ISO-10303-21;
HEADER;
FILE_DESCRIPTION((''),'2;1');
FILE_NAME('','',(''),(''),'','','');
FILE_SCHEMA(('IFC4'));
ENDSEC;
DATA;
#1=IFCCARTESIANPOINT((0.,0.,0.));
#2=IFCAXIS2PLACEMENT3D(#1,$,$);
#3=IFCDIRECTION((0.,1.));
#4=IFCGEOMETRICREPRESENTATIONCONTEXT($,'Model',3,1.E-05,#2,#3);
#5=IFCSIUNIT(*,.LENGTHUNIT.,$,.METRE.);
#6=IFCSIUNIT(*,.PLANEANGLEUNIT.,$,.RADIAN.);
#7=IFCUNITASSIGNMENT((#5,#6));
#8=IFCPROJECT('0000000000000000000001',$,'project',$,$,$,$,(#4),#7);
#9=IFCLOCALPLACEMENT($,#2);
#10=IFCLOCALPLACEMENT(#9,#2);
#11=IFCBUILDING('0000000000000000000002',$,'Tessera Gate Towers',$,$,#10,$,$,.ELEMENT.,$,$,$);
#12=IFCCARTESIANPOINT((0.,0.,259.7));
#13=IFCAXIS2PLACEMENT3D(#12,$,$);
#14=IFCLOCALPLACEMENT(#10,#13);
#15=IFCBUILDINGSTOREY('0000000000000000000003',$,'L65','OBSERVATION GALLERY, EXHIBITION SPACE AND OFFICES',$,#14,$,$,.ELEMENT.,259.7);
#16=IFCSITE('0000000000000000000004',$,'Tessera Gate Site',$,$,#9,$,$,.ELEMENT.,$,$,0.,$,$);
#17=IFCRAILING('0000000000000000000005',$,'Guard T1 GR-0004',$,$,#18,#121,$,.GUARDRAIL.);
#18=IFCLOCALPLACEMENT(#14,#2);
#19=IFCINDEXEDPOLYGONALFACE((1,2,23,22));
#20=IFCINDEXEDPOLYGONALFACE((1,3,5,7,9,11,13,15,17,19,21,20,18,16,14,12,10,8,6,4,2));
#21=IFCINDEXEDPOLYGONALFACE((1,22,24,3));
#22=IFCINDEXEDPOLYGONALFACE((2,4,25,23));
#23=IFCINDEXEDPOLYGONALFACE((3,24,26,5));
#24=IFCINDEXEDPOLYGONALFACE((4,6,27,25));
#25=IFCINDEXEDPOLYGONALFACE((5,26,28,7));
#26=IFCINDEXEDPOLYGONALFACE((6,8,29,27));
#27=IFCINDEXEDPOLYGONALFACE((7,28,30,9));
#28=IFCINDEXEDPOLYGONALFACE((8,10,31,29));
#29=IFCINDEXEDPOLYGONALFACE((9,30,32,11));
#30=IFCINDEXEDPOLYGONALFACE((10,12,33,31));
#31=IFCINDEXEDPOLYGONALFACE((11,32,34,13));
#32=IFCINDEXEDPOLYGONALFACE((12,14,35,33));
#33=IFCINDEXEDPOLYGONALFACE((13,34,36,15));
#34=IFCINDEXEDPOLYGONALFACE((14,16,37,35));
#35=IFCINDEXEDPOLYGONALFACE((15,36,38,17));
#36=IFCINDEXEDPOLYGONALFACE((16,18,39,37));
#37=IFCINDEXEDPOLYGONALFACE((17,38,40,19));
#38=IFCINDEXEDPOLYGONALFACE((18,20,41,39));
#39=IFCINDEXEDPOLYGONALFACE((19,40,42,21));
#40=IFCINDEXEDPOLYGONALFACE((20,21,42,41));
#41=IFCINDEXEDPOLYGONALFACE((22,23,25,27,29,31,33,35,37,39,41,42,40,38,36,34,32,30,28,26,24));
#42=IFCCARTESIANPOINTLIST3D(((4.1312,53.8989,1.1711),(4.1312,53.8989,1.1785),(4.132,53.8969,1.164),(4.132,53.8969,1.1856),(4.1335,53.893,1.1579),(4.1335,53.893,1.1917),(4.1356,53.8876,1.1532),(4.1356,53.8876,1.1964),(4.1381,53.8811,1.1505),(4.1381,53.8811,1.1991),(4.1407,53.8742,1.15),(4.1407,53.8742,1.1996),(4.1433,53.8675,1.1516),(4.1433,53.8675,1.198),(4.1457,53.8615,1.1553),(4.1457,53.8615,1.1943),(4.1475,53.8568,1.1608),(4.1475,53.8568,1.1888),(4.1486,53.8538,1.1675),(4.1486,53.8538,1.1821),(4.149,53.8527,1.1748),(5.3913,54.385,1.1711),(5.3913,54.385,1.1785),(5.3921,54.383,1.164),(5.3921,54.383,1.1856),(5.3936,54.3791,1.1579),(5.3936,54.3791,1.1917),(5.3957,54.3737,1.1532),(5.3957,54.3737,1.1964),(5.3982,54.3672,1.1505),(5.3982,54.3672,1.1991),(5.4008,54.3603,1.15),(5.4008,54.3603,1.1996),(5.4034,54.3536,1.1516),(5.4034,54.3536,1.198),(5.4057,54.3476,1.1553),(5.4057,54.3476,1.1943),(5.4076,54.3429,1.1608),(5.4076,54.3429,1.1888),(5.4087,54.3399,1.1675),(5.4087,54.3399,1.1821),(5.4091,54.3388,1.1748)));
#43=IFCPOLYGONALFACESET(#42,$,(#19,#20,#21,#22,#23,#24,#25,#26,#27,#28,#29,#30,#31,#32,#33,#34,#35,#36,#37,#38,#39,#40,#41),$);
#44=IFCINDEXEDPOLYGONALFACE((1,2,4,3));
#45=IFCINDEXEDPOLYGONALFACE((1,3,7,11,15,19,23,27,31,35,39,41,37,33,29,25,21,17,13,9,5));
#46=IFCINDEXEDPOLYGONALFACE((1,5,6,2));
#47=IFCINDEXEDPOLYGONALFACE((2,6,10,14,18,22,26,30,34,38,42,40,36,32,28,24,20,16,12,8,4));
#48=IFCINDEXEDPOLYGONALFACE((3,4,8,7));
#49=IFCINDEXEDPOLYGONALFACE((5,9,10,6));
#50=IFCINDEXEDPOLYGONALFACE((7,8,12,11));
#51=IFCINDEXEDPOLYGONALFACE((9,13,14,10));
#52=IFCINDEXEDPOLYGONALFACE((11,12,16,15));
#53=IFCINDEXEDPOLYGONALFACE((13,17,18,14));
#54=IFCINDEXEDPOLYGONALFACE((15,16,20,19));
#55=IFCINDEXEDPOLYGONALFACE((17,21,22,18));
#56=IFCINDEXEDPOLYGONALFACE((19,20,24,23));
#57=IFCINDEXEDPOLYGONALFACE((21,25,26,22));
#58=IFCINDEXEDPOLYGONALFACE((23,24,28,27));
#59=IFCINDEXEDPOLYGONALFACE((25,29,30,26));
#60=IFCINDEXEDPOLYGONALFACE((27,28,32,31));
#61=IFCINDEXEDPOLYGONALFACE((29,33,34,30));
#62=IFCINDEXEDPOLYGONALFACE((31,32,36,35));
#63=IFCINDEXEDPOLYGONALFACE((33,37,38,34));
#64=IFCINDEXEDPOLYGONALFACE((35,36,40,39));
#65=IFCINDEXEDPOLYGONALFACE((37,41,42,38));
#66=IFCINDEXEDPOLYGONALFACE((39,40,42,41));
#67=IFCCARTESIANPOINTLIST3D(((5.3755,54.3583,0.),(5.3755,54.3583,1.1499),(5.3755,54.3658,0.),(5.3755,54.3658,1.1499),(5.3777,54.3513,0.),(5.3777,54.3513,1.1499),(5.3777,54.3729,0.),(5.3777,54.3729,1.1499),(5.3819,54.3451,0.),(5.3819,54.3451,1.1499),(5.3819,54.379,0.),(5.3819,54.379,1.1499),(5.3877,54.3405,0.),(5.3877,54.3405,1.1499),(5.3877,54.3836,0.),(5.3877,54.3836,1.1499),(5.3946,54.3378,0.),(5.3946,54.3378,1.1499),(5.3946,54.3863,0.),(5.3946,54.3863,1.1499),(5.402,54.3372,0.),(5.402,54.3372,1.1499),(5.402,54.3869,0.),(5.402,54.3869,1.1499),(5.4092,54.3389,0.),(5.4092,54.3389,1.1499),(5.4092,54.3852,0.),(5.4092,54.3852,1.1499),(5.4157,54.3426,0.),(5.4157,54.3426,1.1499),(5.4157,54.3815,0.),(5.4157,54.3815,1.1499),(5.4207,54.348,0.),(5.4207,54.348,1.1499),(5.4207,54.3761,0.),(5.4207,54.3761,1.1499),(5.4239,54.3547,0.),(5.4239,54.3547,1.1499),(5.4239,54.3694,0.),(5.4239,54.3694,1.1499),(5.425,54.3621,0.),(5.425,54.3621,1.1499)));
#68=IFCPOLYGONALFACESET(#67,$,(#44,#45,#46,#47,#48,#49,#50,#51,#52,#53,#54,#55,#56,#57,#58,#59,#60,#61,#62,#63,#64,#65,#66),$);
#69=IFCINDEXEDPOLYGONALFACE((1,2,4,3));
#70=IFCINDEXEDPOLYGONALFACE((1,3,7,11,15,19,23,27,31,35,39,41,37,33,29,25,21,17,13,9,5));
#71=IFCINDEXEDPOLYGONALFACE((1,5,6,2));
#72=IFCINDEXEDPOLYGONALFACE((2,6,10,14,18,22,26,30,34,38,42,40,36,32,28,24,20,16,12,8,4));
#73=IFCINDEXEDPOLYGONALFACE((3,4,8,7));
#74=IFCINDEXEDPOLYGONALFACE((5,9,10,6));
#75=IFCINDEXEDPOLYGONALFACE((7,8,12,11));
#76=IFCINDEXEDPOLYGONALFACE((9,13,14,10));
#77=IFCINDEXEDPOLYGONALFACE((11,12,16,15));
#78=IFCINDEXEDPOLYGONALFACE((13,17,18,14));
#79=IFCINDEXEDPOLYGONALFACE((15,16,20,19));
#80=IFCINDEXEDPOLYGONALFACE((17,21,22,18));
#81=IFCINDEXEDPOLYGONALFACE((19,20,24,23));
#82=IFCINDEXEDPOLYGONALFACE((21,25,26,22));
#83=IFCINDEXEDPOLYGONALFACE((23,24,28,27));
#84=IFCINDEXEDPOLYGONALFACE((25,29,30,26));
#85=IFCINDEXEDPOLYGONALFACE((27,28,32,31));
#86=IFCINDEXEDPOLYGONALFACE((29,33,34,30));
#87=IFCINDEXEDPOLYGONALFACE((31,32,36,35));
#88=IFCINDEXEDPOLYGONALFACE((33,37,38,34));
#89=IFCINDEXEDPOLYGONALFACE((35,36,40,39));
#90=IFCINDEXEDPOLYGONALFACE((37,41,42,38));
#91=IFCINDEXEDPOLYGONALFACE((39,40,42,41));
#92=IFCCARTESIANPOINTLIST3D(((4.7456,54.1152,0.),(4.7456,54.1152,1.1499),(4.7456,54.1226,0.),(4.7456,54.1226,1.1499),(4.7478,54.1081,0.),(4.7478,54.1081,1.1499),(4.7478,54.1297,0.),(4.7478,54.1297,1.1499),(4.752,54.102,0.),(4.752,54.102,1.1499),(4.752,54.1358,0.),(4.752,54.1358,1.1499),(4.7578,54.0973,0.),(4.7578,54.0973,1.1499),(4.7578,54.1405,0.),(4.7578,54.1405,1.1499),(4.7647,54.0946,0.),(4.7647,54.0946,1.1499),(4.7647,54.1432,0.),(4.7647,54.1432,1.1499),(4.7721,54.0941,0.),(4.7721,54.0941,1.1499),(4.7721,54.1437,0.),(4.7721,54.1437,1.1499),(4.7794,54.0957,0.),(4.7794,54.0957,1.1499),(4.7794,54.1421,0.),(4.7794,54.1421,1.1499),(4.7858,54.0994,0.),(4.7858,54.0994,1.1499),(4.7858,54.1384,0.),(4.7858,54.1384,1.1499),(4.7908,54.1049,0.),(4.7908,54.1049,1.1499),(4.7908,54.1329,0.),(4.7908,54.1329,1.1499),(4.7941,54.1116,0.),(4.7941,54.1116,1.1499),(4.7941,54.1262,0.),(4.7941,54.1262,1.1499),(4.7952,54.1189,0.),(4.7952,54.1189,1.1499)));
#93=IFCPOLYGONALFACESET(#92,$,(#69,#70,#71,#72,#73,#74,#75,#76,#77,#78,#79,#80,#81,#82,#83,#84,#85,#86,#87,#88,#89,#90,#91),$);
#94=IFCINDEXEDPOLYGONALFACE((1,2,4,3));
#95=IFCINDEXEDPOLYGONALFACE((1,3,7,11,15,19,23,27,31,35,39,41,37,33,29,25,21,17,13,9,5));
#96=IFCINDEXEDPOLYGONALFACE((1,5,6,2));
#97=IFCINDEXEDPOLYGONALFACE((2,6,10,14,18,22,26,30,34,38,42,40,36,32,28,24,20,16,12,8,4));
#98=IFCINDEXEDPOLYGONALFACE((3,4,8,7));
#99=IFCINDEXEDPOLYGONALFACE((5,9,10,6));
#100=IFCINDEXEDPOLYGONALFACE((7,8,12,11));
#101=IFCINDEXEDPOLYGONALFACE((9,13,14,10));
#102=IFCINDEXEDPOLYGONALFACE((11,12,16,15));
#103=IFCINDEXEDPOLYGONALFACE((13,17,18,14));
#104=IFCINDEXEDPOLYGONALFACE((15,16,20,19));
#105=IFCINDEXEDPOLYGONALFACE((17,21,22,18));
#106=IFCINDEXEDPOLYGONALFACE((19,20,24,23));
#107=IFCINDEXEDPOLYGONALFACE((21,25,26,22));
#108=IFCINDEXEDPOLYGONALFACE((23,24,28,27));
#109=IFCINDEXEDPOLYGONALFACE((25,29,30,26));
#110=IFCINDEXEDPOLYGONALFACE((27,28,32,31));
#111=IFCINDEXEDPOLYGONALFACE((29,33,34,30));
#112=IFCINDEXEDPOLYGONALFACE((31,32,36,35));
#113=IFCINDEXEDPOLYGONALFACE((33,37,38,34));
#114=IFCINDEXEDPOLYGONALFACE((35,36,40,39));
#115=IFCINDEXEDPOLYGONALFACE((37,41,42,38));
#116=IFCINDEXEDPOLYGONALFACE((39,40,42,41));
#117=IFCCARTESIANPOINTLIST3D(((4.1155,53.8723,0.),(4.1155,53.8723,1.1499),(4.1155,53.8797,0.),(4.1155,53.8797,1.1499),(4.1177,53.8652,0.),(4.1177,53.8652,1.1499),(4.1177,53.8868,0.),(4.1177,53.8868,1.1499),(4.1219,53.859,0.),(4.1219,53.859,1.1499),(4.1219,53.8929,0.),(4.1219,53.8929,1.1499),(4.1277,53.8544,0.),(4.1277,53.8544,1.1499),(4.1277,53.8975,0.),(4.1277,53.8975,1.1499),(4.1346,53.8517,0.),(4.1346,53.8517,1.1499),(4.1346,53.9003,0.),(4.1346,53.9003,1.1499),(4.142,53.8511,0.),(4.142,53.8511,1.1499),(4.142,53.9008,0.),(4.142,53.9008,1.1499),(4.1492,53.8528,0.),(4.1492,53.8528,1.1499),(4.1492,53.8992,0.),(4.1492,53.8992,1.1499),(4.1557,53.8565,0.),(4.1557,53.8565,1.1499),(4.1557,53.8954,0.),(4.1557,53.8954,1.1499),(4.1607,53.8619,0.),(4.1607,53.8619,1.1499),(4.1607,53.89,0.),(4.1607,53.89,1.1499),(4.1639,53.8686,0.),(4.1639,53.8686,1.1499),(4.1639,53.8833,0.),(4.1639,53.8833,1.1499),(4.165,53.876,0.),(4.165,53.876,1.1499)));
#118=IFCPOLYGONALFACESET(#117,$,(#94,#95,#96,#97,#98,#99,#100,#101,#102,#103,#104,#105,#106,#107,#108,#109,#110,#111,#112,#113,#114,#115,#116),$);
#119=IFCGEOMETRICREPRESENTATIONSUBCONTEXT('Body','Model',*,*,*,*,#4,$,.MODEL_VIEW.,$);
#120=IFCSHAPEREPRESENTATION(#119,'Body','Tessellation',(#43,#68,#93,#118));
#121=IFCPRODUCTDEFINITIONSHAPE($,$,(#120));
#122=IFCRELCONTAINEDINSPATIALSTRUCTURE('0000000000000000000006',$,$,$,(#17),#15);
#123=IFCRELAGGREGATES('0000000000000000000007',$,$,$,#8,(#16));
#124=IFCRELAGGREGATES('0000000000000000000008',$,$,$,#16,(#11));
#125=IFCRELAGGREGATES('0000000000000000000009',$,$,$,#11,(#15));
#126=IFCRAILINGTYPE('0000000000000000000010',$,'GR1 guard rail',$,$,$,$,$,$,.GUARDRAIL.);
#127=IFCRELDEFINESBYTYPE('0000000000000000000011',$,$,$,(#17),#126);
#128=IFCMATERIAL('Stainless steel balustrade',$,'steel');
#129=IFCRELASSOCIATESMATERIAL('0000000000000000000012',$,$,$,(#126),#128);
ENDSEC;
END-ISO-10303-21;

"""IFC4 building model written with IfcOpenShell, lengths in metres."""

from ifc_helpers import new_model, si_unit, direction, frame, origin, origin_2d, place, context, subcontext, project, spatial, circle, extrude, material, type_object, element, save


model = new_model("IFC4")

# Units and contexts
model_context = context("Model", 3, precision=1e-05, world=origin(), true_north=direction((0.0, 1.0)))
body_context = subcontext(model_context, "Body", "Model", "MODEL_VIEW")
ifc_project = project(units=[si_unit("LENGTHUNIT", "METRE"), si_unit("PLANEANGLEUNIT", "RADIAN")], contexts=[model_context])

# Site, building, storey
site_placement = place(None, origin())
site = spatial("IfcSite", under=ifc_project, at=site_placement, Name="Tessera Gate Site", CompositionType="ELEMENT", RefElevation=0.0)
building_placement = place(site_placement, origin())
building = spatial("IfcBuilding", under=site, at=building_placement, Name="Tessera Gate Towers", CompositionType="ELEMENT")
storey_placement = place(building_placement, frame((0.0, 0.0, 259.7)))
storey = spatial("IfcBuildingStorey", under=building, at=storey_placement, Name="L65", Description="OBSERVATION GALLERY, EXHIBITION SPACE AND OFFICES", CompositionType="ELEMENT", Elevation=259.7)

# Railing
ifc_material_1 = material(Name="Stainless steel balustrade", Category="steel")
railing_type = type_object("IfcRailingType", Name="GR1 guard rail", PredefinedType="GUARDRAIL", material=ifc_material_1)
railing_1_placement = place(storey_placement, frame((5.4001, 54.3621, 0.0)))
element("IfcRailing", 1, at=railing_1_placement, inside=storey, type_object=railing_type, Name="Guard T1 GR-0004", PredefinedType="GUARDRAIL", context=body_context, shape_type="SweptSolid", body=[
    extrude(circle(Radius=0.0249, at=origin_2d()), frame((0.0, 0.0, 1.1748), z_axis=(-0.932982, -0.359924, 0.0), x_axis=(0.359924, -0.932982, 0.0)), (0.0, 0.0, 1.0), 1.3506),
    extrude(circle(Radius=0.0249, at=origin_2d()), origin(), (0.0, 0.0, 1.0), 1.1499),
    extrude(circle(Radius=0.0249, at=origin_2d()), frame((-0.6299, -0.2432, 0.0)), (0.0, 0.0, 1.0), 1.1499),
    extrude(circle(Radius=0.0249, at=origin_2d()), frame((-1.26, -0.4861, 0.0)), (0.0, 0.0, 1.0), 1.1499),
])

save(model, "model.ifc")
